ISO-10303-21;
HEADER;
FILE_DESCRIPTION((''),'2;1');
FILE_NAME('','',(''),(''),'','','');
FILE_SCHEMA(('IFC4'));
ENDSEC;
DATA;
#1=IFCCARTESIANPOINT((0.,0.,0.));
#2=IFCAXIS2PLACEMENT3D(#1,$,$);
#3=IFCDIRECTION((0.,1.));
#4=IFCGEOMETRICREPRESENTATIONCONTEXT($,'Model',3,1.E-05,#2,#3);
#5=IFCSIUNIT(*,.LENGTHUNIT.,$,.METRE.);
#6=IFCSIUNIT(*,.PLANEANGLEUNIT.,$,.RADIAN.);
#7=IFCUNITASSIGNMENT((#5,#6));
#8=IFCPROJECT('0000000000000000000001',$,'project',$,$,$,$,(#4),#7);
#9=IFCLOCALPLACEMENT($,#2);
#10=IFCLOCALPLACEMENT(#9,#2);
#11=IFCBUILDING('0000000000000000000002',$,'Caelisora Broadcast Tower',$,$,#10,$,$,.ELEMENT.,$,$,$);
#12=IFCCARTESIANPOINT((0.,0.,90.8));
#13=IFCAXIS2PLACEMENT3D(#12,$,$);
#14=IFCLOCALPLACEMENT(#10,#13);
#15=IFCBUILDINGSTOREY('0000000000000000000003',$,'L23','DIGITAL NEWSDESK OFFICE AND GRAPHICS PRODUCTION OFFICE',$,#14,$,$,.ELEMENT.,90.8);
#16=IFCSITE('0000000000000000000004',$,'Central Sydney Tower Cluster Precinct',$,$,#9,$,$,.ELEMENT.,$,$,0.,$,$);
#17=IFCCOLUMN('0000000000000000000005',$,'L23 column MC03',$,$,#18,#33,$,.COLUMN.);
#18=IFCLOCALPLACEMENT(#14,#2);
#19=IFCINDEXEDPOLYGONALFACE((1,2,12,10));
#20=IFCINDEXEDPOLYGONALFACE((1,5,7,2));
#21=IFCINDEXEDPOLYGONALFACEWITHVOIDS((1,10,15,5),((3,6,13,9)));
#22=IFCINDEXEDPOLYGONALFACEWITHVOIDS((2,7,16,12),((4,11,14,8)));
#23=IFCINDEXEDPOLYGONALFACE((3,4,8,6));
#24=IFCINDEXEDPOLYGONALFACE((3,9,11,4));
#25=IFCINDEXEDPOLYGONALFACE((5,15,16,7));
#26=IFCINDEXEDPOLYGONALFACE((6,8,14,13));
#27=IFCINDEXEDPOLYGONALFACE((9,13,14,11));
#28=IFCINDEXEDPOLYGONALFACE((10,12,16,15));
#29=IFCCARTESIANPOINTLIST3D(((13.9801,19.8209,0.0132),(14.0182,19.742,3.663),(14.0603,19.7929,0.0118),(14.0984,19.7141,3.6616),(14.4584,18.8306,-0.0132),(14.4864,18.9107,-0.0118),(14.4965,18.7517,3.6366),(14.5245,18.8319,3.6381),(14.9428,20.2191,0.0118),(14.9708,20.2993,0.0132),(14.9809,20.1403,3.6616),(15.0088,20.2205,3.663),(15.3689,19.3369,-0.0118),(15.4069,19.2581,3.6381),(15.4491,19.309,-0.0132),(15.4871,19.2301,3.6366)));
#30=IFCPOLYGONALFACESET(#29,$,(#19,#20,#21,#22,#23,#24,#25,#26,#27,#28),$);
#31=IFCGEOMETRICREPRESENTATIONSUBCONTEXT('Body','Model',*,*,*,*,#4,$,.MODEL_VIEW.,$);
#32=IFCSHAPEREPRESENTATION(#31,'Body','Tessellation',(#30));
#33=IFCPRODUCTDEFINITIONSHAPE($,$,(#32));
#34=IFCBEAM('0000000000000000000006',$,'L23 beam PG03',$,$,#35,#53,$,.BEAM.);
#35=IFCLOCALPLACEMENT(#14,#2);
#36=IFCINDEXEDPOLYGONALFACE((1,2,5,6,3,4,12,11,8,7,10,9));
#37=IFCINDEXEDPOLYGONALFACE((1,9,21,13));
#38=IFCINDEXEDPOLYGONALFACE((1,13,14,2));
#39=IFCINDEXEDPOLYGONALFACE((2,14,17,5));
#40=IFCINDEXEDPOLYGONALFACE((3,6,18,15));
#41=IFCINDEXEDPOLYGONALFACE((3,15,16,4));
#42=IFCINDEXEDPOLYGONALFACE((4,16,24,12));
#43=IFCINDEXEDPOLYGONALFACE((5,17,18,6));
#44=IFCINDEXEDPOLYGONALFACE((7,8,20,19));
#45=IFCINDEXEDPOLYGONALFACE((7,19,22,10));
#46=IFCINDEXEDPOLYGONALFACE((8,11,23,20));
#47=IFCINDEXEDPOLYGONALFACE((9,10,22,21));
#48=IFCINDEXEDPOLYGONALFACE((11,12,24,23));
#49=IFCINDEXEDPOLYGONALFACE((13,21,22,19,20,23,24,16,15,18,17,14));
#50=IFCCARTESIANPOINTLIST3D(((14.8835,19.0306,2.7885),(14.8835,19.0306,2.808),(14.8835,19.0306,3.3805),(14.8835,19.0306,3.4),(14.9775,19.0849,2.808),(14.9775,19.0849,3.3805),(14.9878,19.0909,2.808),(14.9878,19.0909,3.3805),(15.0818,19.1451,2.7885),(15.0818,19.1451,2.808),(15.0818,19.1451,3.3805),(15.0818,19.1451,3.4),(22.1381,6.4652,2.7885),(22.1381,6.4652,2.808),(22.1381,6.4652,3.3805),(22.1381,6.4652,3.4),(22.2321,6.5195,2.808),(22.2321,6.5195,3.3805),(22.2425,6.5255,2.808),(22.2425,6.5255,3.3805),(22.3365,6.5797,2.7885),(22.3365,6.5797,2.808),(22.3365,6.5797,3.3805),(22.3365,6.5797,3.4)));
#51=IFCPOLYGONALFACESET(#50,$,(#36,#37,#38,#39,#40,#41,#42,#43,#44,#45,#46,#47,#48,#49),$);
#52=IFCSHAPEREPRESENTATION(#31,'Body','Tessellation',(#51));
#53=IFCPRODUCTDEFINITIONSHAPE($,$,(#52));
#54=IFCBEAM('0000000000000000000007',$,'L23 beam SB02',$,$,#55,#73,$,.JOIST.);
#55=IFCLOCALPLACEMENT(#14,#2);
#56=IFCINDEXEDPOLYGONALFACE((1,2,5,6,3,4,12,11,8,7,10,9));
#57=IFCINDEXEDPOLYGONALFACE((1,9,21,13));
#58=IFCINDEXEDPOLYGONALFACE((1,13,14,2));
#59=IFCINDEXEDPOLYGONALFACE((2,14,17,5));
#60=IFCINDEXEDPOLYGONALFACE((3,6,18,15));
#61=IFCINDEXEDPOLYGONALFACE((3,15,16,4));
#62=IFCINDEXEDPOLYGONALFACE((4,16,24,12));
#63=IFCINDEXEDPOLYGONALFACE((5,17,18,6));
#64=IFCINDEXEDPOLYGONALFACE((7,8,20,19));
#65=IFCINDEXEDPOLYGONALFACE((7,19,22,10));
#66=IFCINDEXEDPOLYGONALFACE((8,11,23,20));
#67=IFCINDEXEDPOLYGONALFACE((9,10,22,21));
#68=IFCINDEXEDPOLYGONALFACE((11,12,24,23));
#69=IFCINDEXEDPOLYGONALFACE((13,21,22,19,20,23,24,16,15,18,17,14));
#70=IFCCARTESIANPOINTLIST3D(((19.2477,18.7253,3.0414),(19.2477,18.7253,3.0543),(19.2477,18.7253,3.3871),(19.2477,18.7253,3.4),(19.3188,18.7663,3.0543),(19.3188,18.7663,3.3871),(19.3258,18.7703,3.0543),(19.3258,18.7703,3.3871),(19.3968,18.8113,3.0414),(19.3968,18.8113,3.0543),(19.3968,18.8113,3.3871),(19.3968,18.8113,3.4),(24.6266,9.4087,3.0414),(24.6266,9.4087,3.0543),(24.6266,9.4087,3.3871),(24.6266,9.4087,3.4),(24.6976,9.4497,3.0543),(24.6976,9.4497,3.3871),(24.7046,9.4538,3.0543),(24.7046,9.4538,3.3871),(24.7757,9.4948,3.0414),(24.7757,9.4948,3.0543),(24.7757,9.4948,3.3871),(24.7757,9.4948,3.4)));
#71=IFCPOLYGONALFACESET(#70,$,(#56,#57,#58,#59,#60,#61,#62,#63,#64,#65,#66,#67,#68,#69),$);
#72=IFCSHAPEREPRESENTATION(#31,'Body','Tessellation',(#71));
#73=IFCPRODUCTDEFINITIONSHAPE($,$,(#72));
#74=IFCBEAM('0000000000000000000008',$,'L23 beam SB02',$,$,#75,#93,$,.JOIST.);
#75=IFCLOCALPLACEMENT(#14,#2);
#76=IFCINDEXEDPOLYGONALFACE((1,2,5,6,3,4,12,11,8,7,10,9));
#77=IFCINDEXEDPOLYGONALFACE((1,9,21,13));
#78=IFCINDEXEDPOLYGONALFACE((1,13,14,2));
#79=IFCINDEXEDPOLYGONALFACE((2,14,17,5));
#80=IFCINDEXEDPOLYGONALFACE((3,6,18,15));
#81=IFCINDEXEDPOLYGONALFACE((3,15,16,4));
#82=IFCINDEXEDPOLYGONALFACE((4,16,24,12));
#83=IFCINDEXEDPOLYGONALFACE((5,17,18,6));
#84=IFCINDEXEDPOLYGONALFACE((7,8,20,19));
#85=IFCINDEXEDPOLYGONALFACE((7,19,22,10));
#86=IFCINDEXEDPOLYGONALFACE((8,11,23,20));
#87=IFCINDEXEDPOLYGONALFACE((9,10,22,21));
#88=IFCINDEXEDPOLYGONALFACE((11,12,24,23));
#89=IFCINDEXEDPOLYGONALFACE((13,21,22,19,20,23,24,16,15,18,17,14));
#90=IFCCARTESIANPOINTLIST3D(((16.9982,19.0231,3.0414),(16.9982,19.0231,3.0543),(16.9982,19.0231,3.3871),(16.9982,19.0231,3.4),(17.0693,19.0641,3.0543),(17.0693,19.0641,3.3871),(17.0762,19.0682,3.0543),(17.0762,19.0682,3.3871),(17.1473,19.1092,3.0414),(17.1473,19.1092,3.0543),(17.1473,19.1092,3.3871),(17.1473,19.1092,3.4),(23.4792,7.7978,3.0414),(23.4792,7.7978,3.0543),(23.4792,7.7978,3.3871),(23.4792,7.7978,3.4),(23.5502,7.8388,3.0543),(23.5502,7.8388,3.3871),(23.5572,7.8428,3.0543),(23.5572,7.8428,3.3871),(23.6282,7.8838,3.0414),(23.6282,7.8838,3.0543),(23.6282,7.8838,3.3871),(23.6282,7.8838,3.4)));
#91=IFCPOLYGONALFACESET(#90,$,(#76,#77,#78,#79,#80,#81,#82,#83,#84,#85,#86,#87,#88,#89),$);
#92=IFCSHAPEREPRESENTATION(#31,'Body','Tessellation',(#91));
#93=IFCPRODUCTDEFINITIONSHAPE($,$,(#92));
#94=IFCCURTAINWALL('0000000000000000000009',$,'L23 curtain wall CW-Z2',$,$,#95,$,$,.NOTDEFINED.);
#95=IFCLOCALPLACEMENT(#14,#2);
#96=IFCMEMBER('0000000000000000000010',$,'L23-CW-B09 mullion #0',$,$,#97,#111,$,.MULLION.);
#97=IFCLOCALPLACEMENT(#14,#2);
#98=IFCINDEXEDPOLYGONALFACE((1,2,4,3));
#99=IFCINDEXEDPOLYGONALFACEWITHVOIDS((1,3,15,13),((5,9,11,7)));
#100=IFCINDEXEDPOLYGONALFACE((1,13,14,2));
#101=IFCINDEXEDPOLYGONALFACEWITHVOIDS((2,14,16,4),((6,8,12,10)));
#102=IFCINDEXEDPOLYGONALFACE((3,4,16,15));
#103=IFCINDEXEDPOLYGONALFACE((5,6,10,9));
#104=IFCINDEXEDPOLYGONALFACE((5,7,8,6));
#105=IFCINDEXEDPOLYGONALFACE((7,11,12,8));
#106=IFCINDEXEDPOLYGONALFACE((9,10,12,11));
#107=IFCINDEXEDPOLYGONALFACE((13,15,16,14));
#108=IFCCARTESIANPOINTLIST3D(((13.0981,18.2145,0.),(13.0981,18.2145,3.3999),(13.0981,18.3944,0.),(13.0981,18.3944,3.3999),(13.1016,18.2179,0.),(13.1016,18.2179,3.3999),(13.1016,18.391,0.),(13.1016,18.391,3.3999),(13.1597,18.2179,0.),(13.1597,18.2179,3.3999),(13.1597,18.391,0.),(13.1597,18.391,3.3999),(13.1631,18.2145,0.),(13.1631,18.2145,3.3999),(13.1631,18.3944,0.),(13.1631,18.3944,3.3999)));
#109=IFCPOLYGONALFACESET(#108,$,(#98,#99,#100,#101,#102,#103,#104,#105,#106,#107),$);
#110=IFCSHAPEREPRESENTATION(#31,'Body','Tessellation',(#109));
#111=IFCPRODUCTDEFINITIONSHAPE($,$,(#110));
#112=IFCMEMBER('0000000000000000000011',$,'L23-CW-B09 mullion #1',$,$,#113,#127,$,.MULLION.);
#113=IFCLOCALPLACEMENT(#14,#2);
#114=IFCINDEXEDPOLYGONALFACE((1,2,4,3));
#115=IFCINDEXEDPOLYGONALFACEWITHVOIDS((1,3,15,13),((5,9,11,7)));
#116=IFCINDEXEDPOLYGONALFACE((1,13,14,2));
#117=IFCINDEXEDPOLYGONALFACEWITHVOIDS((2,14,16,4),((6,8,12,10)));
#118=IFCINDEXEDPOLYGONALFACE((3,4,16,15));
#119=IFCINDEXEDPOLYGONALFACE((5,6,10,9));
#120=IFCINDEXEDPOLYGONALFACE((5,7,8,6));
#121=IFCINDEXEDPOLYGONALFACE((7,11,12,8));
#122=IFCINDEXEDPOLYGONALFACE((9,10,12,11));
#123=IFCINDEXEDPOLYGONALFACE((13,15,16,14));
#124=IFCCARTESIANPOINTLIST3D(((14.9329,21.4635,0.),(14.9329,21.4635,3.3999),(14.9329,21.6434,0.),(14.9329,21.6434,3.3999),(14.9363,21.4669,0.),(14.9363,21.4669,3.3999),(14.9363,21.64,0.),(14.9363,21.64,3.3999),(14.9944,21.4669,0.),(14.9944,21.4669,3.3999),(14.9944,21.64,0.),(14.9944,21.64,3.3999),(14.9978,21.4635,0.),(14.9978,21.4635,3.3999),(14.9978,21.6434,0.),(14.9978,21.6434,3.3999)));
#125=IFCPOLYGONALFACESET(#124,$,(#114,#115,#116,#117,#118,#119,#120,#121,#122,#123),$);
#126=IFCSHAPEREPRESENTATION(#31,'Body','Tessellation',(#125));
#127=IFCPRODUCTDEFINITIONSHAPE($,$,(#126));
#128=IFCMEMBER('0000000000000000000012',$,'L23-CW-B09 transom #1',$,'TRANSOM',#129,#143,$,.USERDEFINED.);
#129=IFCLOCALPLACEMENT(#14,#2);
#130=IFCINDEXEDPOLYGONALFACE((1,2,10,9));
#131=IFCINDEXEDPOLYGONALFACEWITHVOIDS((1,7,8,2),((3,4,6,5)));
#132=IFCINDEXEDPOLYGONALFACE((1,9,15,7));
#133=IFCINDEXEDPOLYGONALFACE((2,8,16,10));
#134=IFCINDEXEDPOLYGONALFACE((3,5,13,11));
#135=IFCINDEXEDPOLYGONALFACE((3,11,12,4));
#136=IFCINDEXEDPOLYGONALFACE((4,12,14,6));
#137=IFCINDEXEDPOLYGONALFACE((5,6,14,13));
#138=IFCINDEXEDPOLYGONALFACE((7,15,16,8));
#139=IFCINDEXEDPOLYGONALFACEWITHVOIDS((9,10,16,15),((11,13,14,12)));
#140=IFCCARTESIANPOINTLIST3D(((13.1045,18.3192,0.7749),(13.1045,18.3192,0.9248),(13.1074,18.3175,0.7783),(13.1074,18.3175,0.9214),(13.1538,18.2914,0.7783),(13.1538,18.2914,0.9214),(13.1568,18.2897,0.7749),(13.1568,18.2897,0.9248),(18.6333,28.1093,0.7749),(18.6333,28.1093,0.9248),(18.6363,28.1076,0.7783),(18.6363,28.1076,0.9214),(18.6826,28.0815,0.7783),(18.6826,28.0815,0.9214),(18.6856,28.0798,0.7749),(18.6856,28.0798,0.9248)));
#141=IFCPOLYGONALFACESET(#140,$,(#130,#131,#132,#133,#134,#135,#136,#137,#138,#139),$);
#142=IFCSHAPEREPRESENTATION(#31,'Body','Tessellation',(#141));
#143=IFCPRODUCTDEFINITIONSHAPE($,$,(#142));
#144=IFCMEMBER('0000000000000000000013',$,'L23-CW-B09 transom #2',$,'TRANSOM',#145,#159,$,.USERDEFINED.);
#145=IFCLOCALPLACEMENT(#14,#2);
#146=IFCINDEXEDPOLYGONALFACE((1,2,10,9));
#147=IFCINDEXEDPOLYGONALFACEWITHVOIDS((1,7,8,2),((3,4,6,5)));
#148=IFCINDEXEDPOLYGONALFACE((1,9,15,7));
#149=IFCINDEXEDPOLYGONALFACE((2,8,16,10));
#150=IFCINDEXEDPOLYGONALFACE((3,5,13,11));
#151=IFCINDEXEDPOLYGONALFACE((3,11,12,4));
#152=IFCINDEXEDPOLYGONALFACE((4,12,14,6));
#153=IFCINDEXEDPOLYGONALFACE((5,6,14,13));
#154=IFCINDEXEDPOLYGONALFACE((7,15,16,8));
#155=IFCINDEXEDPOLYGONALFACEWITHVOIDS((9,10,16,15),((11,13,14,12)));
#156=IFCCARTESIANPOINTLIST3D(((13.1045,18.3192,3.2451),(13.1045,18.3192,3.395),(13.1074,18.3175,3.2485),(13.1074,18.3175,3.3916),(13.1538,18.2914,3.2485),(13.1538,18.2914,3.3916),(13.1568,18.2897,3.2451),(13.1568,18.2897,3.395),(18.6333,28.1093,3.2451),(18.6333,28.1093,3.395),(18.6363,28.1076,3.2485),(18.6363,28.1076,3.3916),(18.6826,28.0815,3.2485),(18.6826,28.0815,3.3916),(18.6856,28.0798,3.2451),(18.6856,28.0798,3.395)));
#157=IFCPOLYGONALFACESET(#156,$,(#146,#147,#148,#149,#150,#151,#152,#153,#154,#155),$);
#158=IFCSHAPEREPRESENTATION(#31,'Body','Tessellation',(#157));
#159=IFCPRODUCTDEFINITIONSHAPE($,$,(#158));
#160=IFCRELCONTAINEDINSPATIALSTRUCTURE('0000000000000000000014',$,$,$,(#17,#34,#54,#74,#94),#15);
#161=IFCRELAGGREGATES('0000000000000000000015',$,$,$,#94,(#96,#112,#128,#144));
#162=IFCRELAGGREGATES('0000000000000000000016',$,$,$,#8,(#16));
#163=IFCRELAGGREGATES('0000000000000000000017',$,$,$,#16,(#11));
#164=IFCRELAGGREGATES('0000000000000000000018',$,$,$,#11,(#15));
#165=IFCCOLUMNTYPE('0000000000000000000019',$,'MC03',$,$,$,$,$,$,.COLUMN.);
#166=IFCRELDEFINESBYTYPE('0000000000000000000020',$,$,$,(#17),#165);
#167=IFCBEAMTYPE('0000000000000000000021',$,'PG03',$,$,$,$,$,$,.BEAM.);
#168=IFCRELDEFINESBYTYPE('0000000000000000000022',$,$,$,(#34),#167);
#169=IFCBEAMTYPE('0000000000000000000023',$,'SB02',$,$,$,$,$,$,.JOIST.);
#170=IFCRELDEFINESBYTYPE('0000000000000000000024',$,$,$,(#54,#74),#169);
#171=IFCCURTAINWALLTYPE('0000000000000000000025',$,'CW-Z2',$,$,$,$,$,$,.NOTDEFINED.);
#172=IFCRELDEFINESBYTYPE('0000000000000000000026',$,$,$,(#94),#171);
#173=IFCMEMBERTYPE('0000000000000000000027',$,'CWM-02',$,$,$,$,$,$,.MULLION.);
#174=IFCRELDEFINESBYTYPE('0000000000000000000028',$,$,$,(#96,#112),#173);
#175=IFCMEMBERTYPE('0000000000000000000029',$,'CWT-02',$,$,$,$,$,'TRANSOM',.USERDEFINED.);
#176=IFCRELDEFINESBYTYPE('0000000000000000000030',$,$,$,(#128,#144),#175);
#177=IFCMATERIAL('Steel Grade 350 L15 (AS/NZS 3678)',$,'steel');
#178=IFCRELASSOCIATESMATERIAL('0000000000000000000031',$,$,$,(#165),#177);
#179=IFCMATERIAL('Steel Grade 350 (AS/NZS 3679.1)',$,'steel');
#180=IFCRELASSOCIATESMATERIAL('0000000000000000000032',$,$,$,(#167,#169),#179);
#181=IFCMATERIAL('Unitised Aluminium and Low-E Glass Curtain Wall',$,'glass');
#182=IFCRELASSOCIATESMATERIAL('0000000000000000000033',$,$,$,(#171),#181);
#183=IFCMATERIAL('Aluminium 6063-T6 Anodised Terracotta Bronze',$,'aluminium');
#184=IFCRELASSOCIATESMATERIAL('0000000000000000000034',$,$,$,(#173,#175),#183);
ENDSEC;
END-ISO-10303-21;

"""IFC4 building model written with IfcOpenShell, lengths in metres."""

from ifc_helpers import new_model, si_unit, direction, frame, origin, origin_2d, place, context, subcontext, project, spatial, hollow_rectangle, i_section, extrude, source, transform, mapped, material, material_profile, profile_set, type_object, type_shapes, element, aggregate, save


model = new_model("IFC4")

# Units and contexts
model_context = context("Model", 3, precision=1e-05, world=origin(), true_north=direction((0.0, 1.0)))
body_context = subcontext(model_context, "Body", "Model", "MODEL_VIEW")
ifc_project = project(units=[si_unit("LENGTHUNIT", "METRE"), si_unit("PLANEANGLEUNIT", "RADIAN")], contexts=[model_context])

# Site, building, storey
site_placement = place(None, origin())
site = spatial("IfcSite", under=ifc_project, at=site_placement, Name="Central Sydney Tower Cluster Precinct", CompositionType="ELEMENT", RefElevation=0.0)
building_placement = place(site_placement, origin())
building = spatial("IfcBuilding", under=site, at=building_placement, Name="Caelisora Broadcast Tower", CompositionType="ELEMENT")
storey_placement = place(building_placement, frame((0.0, 0.0, 90.8)))
storey = spatial("IfcBuildingStorey", under=building, at=storey_placement, Name="L23", Description="DIGITAL NEWSDESK OFFICE AND GRAPHICS PRODUCTION OFFICE", CompositionType="ELEMENT", Elevation=90.8)

# Column
ifc_material_1 = material(Name="Steel Grade 350 L15 (AS/NZS 3678)", Category="steel")
ifc_material_profile_1 = material_profile(ifc_material_1, hollow_rectangle(XDim=1.1001, YDim=1.1001, WallThickness=0.0601, at=origin_2d()), Name="Steel Grade 350 L15 (AS/NZS 3678)")
ifc_profile_set_1 = profile_set([ifc_material_profile_1], Name="Steel Grade 350 L15 (AS/NZS 3678)")
column_type = type_object("IfcColumnType", Name="MC03", PredefinedType="COLUMN", material=ifc_profile_set_1)
shared_shape_1 = source(origin(), body_context, "Body", "SweptSolid", [
    extrude(hollow_rectangle(XDim=1.1001, YDim=1.1001, WallThickness=0.0601, at=origin_2d()), origin(), (0.0, 0.0, 1.0), 3.6509),
])
type_shapes(column_type, [shared_shape_1])
column_placement = place(storey_placement, frame((14.7146, 19.5649, 0.0), z_axis=(0.010432, -0.021599, 0.999712), x_axis=(0.900476, 0.434905, 0.0)))
element("IfcColumn", 1, at=column_placement, inside=storey, type_object=column_type, Name="L23 column MC03", PredefinedType="COLUMN", context=body_context, shape_type="MappedRepresentation", body=[
    mapped(shared_shape_1, transform((0.0, 0.0, 0.0), scale=1.0)),
])

# Beams
ifc_material_2 = material(Name="Steel Grade 350 (AS/NZS 3679.1)", Category="steel")
ifc_material_profile_2 = material_profile(ifc_material_2, i_section(OverallWidth=0.229, OverallDepth=0.6116, WebThickness=0.012, FlangeThickness=0.0195, at=origin_2d()), Name="Steel Grade 350 (AS/NZS 3679.1)")
ifc_profile_set_2 = profile_set([ifc_material_profile_2], Name="Steel Grade 350 (AS/NZS 3679.1)")
beam_type_1 = type_object("IfcBeamType", Name="PG03", PredefinedType="BEAM", material=ifc_profile_set_2)
shared_shape_2 = source(origin(), body_context, "Body", "SweptSolid", [
    extrude(i_section(OverallWidth=0.229, OverallDepth=0.6116, WebThickness=0.012, FlangeThickness=0.0195, at=origin_2d()), origin(), (0.0, 0.0, 1.0), 14.5093),
])
type_shapes(beam_type_1, [shared_shape_2])
beam_1_placement = place(storey_placement, frame((14.9827, 19.0879, 3.0942), z_axis=(0.499999, -0.866026, 0.0), x_axis=(0.866026, 0.499999, 0.0)))
element("IfcBeam", 2, at=beam_1_placement, inside=storey, type_object=beam_type_1, Name="L23 beam PG03", PredefinedType="BEAM", context=body_context, shape_type="MappedRepresentation", body=[
    mapped(shared_shape_2, transform((0.0, 0.0, 0.0), scale=1.0)),
])
ifc_material_profile_3 = material_profile(ifc_material_2, i_section(OverallWidth=0.1721, OverallDepth=0.3586, WebThickness=0.0081, FlangeThickness=0.0129, at=origin_2d()), Name="Steel Grade 350 (AS/NZS 3679.1)")
ifc_profile_set_3 = profile_set([ifc_material_profile_3], Name="Steel Grade 350 (AS/NZS 3679.1)")
beam_type_2 = type_object("IfcBeamType", Name="SB02", PredefinedType="JOIST", material=ifc_profile_set_3)
shared_shape_3 = source(origin(), body_context, "Body", "SweptSolid", [
    extrude(i_section(OverallWidth=0.1721, OverallDepth=0.3586, WebThickness=0.0081, FlangeThickness=0.0129, at=origin_2d()), origin(), (0.0, 0.0, 1.0), 10.7578),
])
beam_2_placement = place(storey_placement, frame((19.3223, 18.7683, 3.2207), z_axis=(0.499996, -0.866028, 0.0), x_axis=(0.866028, 0.499996, 0.0)))
element("IfcBeam", 3, at=beam_2_placement, inside=storey, type_object=beam_type_2, Name="L23 beam SB02", PredefinedType="JOIST", context=body_context, shape_type="MappedRepresentation", body=[
    mapped(shared_shape_3, transform((0.0, 0.0, 0.0), scale=1.0)),
])
shared_shape_4 = source(origin(), body_context, "Body", "SweptSolid", [
    extrude(i_section(OverallWidth=0.1721, OverallDepth=0.3586, WebThickness=0.0081, FlangeThickness=0.0129, at=origin_2d()), origin(), (0.0, 0.0, 1.0), 12.9619),
])
type_shapes(beam_type_2, [shared_shape_3, shared_shape_4])
beam_3_placement = place(storey_placement, frame((17.0728, 19.0662, 3.2207), z_axis=(0.5, -0.866025, 0.0), x_axis=(0.866025, 0.5, 0.0)))
element("IfcBeam", 4, at=beam_3_placement, inside=storey, type_object=beam_type_2, Name="L23 beam SB02", PredefinedType="JOIST", context=body_context, shape_type="MappedRepresentation", body=[
    mapped(shared_shape_4, transform((0.0, 0.0, 0.0), scale=1.0)),
])

# Curtain wall, members
ifc_material_3 = material(Name="Unitised Aluminium and Low-E Glass Curtain Wall", Category="glass")
curtain_wall_type = type_object("IfcCurtainWallType", Name="CW-Z2", PredefinedType="NOTDEFINED", material=ifc_material_3)
curtain_wall_placement = place(storey_placement, origin())
curtain_wall = element("IfcCurtainWall", 5, at=curtain_wall_placement, inside=storey, type_object=curtain_wall_type, Name="L23 curtain wall CW-Z2", PredefinedType="NOTDEFINED")
ifc_material_4 = material(Name="Aluminium 6063-T6 Anodised Terracotta Bronze", Category="aluminium")
ifc_material_profile_4 = material_profile(ifc_material_4, hollow_rectangle(XDim=0.0649, YDim=0.1799, WallThickness=0.0034, at=origin_2d()), Name="Aluminium 6063-T6 Anodised Terracotta Bronze")
ifc_profile_set_4 = profile_set([ifc_material_profile_4], Name="Aluminium 6063-T6 Anodised Terracotta Bronze")
member_type_1 = type_object("IfcMemberType", Name="CWM-02", PredefinedType="MULLION", material=ifc_profile_set_4)
shared_shape_5 = source(origin(), body_context, "Body", "SweptSolid", [
    extrude(hollow_rectangle(XDim=0.0649, YDim=0.1799, WallThickness=0.0034, at=origin_2d()), origin(), (0.0, 0.0, 1.0), 3.3999),
])
type_shapes(member_type_1, [shared_shape_5])
member_1_placement = place(storey_placement, frame((13.1306, 18.3044, 0.0), z_axis=(0.0, 0.0, 1.0), x_axis=(1.0, 0.0, 0.0)))
member_1 = element("IfcMember", 6, at=member_1_placement, type_object=member_type_1, Name="L23-CW-B09 mullion #0", PredefinedType="MULLION", context=body_context, shape_type="MappedRepresentation", body=[
    mapped(shared_shape_5, transform((0.0, 0.0, 0.0), scale=1.0)),
])
member_2_placement = place(storey_placement, frame((14.9653, 21.5535, 0.0), z_axis=(0.0, 0.0, 1.0), x_axis=(1.0, 0.0, 0.0)))
member_2 = element("IfcMember", 7, at=member_2_placement, type_object=member_type_1, Name="L23-CW-B09 mullion #1", PredefinedType="MULLION", context=body_context, shape_type="MappedRepresentation", body=[
    mapped(shared_shape_5, transform((0.0, 0.0, 0.0), scale=1.0)),
])
ifc_material_profile_5 = material_profile(ifc_material_4, hollow_rectangle(XDim=0.0601, YDim=0.1499, WallThickness=0.0034, at=origin_2d()), Name="Aluminium 6063-T6 Anodised Terracotta Bronze")
ifc_profile_set_5 = profile_set([ifc_material_profile_5], Name="Aluminium 6063-T6 Anodised Terracotta Bronze")
member_type_2 = type_object("IfcMemberType", Name="CWT-02", ElementType="TRANSOM", PredefinedType="USERDEFINED", material=ifc_profile_set_5)
shared_shape_6 = source(origin(), body_context, "Body", "SweptSolid", [
    extrude(hollow_rectangle(XDim=0.0601, YDim=0.1499, WallThickness=0.0034, at=origin_2d()), origin(), (0.0, 0.0, 1.0), 11.2434),
])
type_shapes(member_type_2, [shared_shape_6])
member_3_placement = place(storey_placement, frame((13.1306, 18.3044, 0.8499), z_axis=(0.491741, 0.870742, 0.0), x_axis=(-0.870742, 0.491741, 0.0)))
member_3 = element("IfcMember", 8, at=member_3_placement, type_object=member_type_2, Name="L23-CW-B09 transom #1", ObjectType="TRANSOM", PredefinedType="USERDEFINED", context=body_context, shape_type="MappedRepresentation", body=[
    mapped(shared_shape_6, transform((0.0, 0.0, 0.0), scale=1.0)),
])
member_4_placement = place(storey_placement, frame((13.1306, 18.3044, 3.3201), z_axis=(0.491741, 0.870742, 0.0), x_axis=(-0.870742, 0.491741, 0.0)))
member_4 = element("IfcMember", 9, at=member_4_placement, type_object=member_type_2, Name="L23-CW-B09 transom #2", ObjectType="TRANSOM", PredefinedType="USERDEFINED", context=body_context, shape_type="MappedRepresentation", body=[
    mapped(shared_shape_6, transform((0.0, 0.0, 0.0), scale=1.0)),
])

aggregate(curtain_wall, [member_1, member_2, member_3, member_4])

save(model, "model.ifc")
